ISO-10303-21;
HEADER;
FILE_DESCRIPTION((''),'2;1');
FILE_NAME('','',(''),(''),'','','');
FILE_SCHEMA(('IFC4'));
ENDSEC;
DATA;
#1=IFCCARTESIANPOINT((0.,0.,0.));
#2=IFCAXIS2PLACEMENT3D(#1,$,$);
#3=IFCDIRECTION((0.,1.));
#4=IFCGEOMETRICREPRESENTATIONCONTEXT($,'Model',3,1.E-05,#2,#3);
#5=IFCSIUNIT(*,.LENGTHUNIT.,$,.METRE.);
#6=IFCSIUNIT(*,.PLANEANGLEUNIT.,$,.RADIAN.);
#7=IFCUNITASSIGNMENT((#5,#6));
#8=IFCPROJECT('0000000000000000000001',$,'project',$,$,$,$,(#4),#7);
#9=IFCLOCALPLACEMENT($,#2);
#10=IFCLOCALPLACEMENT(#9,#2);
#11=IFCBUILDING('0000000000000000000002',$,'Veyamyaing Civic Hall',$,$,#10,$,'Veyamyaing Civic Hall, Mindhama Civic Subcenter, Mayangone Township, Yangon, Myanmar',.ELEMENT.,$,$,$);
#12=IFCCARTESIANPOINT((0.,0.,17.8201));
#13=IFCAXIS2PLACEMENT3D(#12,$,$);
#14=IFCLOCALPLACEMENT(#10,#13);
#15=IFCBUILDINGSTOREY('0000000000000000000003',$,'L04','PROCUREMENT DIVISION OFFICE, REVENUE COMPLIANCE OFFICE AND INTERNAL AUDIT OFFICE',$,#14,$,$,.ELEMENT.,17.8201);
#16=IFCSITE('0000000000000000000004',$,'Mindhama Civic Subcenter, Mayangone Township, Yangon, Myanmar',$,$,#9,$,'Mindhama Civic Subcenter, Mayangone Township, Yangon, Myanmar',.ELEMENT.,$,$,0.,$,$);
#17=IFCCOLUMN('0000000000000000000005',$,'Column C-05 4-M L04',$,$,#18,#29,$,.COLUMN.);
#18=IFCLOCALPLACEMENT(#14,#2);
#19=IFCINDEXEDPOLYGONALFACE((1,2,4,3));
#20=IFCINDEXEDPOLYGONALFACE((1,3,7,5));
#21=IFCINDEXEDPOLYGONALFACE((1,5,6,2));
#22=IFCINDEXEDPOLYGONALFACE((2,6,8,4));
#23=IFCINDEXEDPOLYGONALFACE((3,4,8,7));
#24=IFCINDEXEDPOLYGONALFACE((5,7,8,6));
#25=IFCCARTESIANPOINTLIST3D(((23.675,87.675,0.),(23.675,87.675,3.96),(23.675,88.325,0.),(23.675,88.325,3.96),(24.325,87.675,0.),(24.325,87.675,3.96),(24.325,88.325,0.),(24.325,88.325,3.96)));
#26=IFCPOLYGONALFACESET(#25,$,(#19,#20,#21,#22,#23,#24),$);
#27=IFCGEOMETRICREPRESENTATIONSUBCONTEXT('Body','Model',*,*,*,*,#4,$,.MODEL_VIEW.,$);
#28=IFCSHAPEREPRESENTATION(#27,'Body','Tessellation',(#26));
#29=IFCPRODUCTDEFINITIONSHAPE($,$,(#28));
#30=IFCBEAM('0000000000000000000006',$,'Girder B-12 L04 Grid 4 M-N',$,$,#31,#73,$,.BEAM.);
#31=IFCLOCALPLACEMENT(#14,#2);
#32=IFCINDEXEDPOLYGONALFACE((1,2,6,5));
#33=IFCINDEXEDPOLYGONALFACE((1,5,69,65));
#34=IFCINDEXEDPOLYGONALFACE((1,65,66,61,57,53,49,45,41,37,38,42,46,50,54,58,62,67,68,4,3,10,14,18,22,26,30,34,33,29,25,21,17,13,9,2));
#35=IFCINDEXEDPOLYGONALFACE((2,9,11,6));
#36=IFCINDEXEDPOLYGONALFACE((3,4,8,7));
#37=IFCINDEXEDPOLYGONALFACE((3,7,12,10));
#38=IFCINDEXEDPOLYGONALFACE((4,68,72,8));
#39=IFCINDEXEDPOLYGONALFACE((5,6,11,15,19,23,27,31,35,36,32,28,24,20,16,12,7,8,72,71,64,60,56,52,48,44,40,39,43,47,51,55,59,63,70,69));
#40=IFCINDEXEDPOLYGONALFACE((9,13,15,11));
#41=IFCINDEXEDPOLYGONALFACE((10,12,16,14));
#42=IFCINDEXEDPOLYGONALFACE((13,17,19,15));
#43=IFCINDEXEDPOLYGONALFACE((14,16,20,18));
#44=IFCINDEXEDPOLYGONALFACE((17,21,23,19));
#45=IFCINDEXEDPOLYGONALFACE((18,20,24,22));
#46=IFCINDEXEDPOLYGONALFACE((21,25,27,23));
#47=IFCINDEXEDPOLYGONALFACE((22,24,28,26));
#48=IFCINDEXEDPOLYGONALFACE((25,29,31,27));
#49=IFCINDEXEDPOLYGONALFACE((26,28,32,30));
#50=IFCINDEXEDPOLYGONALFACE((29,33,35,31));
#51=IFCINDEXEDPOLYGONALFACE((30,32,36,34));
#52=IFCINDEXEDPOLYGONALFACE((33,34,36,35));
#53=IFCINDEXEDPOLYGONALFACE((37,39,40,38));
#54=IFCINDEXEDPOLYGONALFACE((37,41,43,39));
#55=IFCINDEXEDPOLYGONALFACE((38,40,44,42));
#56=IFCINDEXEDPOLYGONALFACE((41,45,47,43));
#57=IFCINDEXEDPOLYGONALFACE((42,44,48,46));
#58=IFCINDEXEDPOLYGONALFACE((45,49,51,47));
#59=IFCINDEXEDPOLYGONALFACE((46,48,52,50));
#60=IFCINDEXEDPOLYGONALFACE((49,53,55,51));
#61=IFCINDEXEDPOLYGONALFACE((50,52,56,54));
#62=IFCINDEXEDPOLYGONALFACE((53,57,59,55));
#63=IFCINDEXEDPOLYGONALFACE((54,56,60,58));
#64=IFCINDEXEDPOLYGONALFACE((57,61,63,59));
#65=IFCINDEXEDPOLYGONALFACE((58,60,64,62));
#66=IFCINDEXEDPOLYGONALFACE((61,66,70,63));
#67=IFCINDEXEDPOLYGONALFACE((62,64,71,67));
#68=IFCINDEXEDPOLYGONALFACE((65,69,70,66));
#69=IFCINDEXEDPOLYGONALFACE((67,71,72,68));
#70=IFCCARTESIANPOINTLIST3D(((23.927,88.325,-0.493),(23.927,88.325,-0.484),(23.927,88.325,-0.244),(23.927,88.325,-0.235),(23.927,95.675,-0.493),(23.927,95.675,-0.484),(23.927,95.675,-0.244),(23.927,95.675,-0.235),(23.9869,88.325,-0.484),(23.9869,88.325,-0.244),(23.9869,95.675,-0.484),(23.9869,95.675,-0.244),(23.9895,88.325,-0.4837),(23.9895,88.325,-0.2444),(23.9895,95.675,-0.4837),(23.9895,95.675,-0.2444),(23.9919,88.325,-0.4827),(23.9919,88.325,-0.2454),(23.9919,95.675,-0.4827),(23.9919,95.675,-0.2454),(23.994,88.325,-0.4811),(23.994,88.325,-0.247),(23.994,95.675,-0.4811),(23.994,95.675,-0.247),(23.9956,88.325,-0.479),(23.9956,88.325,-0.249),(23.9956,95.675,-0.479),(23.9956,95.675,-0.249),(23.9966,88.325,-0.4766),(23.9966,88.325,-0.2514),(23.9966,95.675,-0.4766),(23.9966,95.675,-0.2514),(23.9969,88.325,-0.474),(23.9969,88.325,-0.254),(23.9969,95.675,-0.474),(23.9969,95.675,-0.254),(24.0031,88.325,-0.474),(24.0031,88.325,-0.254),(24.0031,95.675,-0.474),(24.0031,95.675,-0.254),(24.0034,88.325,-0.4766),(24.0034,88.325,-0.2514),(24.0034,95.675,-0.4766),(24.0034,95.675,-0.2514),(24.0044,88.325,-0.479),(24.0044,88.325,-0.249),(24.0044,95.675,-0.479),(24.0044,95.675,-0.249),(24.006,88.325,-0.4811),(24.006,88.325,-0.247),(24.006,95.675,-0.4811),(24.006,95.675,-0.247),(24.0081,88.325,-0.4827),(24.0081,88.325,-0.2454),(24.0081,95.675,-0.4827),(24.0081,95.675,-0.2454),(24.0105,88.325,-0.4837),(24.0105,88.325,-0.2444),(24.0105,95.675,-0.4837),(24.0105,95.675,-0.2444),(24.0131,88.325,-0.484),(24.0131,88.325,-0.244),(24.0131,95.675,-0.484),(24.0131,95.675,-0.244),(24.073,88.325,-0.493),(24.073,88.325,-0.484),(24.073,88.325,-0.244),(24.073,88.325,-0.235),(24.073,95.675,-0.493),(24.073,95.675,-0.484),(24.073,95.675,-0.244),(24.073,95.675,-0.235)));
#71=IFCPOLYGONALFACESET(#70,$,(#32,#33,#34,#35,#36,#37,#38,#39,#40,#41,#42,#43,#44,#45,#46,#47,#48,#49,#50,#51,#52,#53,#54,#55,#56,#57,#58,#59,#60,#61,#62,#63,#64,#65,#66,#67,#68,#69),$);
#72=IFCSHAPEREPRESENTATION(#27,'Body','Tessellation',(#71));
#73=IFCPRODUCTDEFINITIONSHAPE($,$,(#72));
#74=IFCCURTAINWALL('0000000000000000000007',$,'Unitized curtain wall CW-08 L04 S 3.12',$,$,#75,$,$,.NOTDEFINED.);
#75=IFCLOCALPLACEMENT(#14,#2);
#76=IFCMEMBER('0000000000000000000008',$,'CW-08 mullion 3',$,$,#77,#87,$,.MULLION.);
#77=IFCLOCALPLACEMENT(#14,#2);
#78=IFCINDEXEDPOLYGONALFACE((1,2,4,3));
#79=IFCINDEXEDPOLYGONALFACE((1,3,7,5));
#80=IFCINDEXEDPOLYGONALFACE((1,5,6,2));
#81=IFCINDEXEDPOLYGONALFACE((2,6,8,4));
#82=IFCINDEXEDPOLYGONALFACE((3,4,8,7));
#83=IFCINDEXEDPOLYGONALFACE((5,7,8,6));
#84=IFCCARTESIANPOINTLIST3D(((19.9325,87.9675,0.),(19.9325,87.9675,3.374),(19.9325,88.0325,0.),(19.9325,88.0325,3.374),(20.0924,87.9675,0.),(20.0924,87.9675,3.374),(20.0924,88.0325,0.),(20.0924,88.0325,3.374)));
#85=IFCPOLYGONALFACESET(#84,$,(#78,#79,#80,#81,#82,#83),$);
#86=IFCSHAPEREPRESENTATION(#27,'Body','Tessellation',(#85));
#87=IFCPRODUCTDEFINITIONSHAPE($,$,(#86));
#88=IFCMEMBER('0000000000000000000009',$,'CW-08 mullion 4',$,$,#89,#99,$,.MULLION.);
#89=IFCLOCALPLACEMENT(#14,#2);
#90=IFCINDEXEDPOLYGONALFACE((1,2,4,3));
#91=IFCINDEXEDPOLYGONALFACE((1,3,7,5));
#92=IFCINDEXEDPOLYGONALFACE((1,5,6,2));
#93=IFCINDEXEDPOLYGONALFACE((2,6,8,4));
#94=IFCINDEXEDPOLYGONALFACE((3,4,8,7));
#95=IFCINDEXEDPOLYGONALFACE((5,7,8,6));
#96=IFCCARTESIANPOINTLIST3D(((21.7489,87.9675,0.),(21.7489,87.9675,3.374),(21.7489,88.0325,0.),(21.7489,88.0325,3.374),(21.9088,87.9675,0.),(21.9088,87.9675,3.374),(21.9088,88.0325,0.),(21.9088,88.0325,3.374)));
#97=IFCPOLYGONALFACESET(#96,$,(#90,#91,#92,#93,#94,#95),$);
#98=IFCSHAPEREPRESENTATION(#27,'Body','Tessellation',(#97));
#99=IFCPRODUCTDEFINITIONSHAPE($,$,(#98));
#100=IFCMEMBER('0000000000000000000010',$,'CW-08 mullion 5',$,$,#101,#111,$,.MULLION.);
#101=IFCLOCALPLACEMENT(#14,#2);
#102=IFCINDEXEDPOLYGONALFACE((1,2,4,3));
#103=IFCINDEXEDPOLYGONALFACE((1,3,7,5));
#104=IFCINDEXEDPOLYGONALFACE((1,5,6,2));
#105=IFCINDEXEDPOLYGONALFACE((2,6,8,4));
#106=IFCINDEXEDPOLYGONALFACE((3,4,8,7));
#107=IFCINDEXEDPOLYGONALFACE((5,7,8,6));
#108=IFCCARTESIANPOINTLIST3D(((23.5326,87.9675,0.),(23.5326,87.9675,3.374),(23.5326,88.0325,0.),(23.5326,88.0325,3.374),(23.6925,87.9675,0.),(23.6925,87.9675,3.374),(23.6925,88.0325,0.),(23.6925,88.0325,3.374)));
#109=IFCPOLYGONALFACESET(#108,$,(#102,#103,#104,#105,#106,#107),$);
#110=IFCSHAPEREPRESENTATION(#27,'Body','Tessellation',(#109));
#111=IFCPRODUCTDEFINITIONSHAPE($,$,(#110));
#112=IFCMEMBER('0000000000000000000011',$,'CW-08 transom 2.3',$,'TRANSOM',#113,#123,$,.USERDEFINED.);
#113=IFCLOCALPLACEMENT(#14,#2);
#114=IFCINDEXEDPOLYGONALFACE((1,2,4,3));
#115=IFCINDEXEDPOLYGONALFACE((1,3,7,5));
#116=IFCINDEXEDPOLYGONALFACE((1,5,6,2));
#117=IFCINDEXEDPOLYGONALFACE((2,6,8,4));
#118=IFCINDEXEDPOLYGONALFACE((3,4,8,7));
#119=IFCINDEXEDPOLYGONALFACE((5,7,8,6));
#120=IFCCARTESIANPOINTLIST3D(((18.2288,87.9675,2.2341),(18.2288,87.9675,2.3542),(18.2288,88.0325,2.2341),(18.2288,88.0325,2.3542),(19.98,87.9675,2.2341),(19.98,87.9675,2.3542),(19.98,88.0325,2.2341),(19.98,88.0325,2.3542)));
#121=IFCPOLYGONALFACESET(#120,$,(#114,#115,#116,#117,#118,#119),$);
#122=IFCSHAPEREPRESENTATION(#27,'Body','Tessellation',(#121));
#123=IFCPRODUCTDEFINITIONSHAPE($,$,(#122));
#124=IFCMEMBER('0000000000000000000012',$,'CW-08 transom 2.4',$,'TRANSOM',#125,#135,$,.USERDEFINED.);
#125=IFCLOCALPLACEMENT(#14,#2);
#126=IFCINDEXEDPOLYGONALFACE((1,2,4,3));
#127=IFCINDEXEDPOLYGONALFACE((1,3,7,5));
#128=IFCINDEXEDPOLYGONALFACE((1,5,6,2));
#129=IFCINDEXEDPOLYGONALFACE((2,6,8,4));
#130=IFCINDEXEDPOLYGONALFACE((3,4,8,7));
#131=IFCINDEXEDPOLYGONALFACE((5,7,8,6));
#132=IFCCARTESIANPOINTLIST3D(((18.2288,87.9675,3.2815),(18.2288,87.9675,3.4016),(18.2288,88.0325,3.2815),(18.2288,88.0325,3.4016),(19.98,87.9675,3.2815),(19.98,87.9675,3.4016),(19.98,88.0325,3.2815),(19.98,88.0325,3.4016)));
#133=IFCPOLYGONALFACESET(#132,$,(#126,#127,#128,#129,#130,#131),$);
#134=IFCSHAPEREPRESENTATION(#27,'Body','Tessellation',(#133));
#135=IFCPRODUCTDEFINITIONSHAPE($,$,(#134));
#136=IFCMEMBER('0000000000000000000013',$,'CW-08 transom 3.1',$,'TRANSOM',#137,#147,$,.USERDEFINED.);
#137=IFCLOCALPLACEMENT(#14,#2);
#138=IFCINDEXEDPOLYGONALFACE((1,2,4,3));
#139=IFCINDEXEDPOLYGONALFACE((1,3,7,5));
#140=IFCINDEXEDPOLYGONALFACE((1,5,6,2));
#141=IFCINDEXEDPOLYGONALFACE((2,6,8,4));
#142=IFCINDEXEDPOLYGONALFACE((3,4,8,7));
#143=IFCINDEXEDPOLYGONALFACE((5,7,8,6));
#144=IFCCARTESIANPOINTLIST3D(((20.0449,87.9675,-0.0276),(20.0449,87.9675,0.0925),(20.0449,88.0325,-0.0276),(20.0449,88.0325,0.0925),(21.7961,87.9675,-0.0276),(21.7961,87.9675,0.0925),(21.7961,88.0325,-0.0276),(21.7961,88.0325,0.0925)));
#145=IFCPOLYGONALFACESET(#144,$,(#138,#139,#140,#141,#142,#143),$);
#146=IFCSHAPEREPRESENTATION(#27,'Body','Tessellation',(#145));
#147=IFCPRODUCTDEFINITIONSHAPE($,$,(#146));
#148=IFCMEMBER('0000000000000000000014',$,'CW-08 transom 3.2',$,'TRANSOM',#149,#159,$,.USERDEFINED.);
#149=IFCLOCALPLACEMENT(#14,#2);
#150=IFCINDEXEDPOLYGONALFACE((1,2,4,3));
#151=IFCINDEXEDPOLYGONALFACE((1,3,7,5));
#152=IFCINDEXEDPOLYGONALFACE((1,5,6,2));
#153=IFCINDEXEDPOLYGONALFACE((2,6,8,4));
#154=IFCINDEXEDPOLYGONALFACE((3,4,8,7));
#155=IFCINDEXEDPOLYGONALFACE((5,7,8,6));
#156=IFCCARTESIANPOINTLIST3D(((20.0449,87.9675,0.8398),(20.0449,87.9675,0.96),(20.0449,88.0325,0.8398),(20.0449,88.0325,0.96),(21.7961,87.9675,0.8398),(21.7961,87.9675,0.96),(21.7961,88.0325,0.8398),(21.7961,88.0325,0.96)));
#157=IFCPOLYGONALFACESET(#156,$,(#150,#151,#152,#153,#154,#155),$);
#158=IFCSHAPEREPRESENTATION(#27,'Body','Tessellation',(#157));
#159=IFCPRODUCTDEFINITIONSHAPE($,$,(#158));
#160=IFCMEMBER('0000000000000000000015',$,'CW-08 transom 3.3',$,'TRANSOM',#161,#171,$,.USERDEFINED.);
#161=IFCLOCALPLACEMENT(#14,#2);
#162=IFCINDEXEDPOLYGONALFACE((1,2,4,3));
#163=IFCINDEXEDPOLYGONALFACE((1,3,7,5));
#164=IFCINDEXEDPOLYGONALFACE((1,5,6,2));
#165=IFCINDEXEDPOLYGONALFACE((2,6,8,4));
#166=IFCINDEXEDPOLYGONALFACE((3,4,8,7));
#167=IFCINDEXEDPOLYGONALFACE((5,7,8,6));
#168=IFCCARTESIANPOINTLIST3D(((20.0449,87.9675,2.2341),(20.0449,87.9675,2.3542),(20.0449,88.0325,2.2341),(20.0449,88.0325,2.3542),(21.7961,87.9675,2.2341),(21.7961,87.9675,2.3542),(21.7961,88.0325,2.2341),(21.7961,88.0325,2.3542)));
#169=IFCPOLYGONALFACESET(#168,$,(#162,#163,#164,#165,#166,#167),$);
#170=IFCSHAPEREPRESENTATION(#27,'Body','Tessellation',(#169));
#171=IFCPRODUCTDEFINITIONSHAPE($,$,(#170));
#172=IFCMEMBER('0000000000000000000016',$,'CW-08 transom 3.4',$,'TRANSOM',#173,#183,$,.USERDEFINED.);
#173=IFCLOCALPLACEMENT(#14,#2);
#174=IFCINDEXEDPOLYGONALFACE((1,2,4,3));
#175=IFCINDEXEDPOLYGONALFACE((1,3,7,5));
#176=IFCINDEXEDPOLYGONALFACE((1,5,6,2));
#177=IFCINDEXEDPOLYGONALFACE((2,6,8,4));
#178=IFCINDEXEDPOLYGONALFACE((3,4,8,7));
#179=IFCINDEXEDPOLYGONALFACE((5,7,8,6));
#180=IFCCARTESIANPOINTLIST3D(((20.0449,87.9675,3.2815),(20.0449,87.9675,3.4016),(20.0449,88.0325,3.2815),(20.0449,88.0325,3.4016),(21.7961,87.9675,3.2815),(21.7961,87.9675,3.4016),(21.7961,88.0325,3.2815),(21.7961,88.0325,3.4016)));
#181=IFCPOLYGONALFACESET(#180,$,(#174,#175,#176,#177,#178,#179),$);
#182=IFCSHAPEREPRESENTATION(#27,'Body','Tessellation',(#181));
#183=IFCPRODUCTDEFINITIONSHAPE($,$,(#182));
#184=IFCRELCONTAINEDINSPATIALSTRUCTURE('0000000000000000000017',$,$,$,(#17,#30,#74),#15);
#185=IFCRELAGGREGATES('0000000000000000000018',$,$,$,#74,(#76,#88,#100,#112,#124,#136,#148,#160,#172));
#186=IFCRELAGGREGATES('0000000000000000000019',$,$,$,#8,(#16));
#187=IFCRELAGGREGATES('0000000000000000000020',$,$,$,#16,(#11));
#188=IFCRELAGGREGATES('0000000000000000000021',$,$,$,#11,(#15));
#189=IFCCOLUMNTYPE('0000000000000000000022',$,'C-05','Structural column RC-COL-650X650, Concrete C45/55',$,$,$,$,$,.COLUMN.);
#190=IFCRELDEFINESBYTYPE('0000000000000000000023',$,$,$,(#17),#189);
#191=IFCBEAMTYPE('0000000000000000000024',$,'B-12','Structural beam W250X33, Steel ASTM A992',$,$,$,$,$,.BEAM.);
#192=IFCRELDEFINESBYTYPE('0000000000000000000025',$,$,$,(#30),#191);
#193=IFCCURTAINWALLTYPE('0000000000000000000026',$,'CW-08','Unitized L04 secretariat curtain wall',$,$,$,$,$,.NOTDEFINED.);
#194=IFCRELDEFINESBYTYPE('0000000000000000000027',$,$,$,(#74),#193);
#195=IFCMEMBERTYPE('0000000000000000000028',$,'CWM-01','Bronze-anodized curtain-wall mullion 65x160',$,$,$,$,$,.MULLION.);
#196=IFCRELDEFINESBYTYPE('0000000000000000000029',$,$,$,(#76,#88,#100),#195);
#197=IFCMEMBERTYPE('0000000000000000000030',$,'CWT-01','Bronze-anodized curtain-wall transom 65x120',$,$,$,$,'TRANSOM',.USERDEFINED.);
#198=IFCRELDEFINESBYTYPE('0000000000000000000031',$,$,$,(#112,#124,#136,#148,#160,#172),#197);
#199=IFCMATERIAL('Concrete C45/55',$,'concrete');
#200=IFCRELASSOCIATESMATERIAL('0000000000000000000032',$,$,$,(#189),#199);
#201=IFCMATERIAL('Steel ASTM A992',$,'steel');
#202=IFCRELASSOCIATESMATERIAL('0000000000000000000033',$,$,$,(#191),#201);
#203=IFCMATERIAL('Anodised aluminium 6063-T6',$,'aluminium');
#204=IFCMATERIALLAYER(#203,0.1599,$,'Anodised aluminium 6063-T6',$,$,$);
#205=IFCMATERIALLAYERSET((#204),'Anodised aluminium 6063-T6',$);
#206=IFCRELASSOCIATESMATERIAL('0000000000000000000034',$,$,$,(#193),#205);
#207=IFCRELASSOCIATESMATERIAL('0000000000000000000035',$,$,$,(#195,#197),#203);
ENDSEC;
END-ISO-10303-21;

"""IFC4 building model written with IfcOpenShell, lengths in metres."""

from ifc_helpers import new_model, si_unit, direction, frame, origin, origin_2d, place, context, subcontext, project, spatial, rectangle, i_section, extrude, material, layer, layer_set, material_profile, profile_set, type_object, element, aggregate, save


model = new_model("IFC4")

# Units and contexts
model_context = context("Model", 3, precision=1e-05, world=origin(), true_north=direction((0.0, 1.0)))
body_context = subcontext(model_context, "Body", "Model", "MODEL_VIEW")
ifc_project = project(units=[si_unit("LENGTHUNIT", "METRE"), si_unit("PLANEANGLEUNIT", "RADIAN")], contexts=[model_context])

# Site, building, storey
site_placement = place(None, origin())
site = spatial("IfcSite", under=ifc_project, at=site_placement, Name="Mindhama Civic Subcenter, Mayangone Township, Yangon, Myanmar", LongName="Mindhama Civic Subcenter, Mayangone Township, Yangon, Myanmar", CompositionType="ELEMENT", RefElevation=0.0)
building_placement = place(site_placement, origin())
building = spatial("IfcBuilding", under=site, at=building_placement, Name="Veyamyaing Civic Hall", LongName="Veyamyaing Civic Hall, Mindhama Civic Subcenter, Mayangone Township, Yangon, Myanmar", CompositionType="ELEMENT")
storey_placement = place(building_placement, frame((0.0, 0.0, 17.8201)))
storey = spatial("IfcBuildingStorey", under=building, at=storey_placement, Name="L04", Description="PROCUREMENT DIVISION OFFICE, REVENUE COMPLIANCE OFFICE AND INTERNAL AUDIT OFFICE", CompositionType="ELEMENT", Elevation=17.8201)

# Column
ifc_material_1 = material(Name="Concrete C45/55", Category="concrete")
ifc_material_profile_1 = material_profile(ifc_material_1, rectangle(XDim=0.6499, YDim=0.6499, at=origin_2d()), Name="RC-COL-650X650")
ifc_profile_set_1 = profile_set([ifc_material_profile_1], Name="Concrete C45/55")
column_type = type_object("IfcColumnType", Name="C-05", Description="Structural column RC-COL-650X650, Concrete C45/55", PredefinedType="COLUMN", material=ifc_profile_set_1)
column_placement = place(storey_placement, frame((24.0, 88.0, 0.0), z_axis=(0.0, 0.0, 1.0), x_axis=(1.0, 0.0, 0.0)))
element("IfcColumn", 1, at=column_placement, inside=storey, type_object=column_type, Name="Column C-05 4-M L04", PredefinedType="COLUMN", context=body_context, shape_type="SweptSolid", body=[
    extrude(rectangle(XDim=0.6499, YDim=0.6499, at=origin_2d()), origin(), (0.0, 0.0, 1.0), 3.96),
])

# Beam
ifc_material_2 = material(Name="Steel ASTM A992", Category="steel")
ifc_material_profile_2 = material_profile(ifc_material_2, i_section(OverallWidth=0.146, OverallDepth=0.2581, WebThickness=0.0061, FlangeThickness=0.009, FilletRadius=0.01, at=origin_2d()), Name="W250X33")
ifc_profile_set_2 = profile_set([ifc_material_profile_2], Name="Steel ASTM A992")
beam_type_1 = type_object("IfcBeamType", Name="B-12", Description="Structural beam W250X33, Steel ASTM A992", PredefinedType="BEAM", material=ifc_profile_set_2)
beam_placement = place(storey_placement, frame((24.0, 88.325, -0.364), z_axis=(0.0, 1.0, 0.0), x_axis=(-1.0, 0.0, 0.0)))
element("IfcBeam", 2, at=beam_placement, inside=storey, type_object=beam_type_1, Name="Girder B-12 L04 Grid 4 M-N", PredefinedType="BEAM", context=body_context, shape_type="SweptSolid", body=[
    extrude(i_section(OverallWidth=0.146, OverallDepth=0.2581, WebThickness=0.0061, FlangeThickness=0.009, FilletRadius=0.01, at=origin_2d()), origin(), (0.0, 0.0, 1.0), 7.3501),
])

# Curtain wall, members
ifc_material_3 = material(Name="Anodised aluminium 6063-T6", Category="aluminium")
ifc_layer_1 = layer(ifc_material_3, 0.1599, Name="Anodised aluminium 6063-T6")
ifc_layer_set_1 = layer_set([ifc_layer_1], Name="Anodised aluminium 6063-T6")
curtain_wall_type = type_object("IfcCurtainWallType", Name="CW-08", Description="Unitized L04 secretariat curtain wall", PredefinedType="NOTDEFINED", material=ifc_layer_set_1)
curtain_wall_placement = place(storey_placement, origin())
curtain_wall = element("IfcCurtainWall", 3, at=curtain_wall_placement, inside=storey, type_object=curtain_wall_type, Name="Unitized curtain wall CW-08 L04 S 3.12", PredefinedType="NOTDEFINED")
ifc_material_profile_3 = material_profile(ifc_material_3, rectangle(XDim=0.0649, YDim=0.1599, at=origin_2d()), Name="ALU-MUL-65X160")
ifc_profile_set_3 = profile_set([ifc_material_profile_3], Name="Anodised aluminium 6063-T6")
member_type_1 = type_object("IfcMemberType", Name="CWM-01", Description="Bronze-anodized curtain-wall mullion 65x160", PredefinedType="MULLION", material=ifc_profile_set_3)
member_1_placement = place(storey_placement, frame((20.0125, 88.0, 0.0), z_axis=(0.0, 0.0, 1.0), x_axis=(0.0, 1.0, 0.0)))
member_1 = element("IfcMember", 4, at=member_1_placement, type_object=member_type_1, Name="CW-08 mullion 3", PredefinedType="MULLION", context=body_context, shape_type="SweptSolid", body=[
    extrude(rectangle(XDim=0.0649, YDim=0.1599, at=origin_2d()), origin(), (0.0, 0.0, 1.0), 3.374),
])
member_2_placement = place(storey_placement, frame((21.8289, 88.0, 0.0), z_axis=(0.0, 0.0, 1.0), x_axis=(0.0, 1.0, 0.0)))
member_2 = element("IfcMember", 5, at=member_2_placement, type_object=member_type_1, Name="CW-08 mullion 4", PredefinedType="MULLION", context=body_context, shape_type="SweptSolid", body=[
    extrude(rectangle(XDim=0.0649, YDim=0.1599, at=origin_2d()), origin(), (0.0, 0.0, 1.0), 3.374),
])
member_3_placement = place(storey_placement, frame((23.6125, 88.0, 0.0), z_axis=(0.0, 0.0, 1.0), x_axis=(0.0, 1.0, 0.0)))
member_3 = element("IfcMember", 6, at=member_3_placement, type_object=member_type_1, Name="CW-08 mullion 5", PredefinedType="MULLION", context=body_context, shape_type="SweptSolid", body=[
    extrude(rectangle(XDim=0.0649, YDim=0.1599, at=origin_2d()), origin(), (0.0, 0.0, 1.0), 3.374),
])
ifc_material_profile_4 = material_profile(ifc_material_3, rectangle(XDim=0.0649, YDim=0.1201, at=origin_2d()), Name="ALU-TRN-65X120")
ifc_profile_set_4 = profile_set([ifc_material_profile_4], Name="Anodised aluminium 6063-T6")
member_type_2 = type_object("IfcMemberType", Name="CWT-01", Description="Bronze-anodized curtain-wall transom 65x120", ElementType="TRANSOM", PredefinedType="USERDEFINED", material=ifc_profile_set_4)
member_4_placement = place(storey_placement, frame((18.2288, 88.0, 2.2942), z_axis=(1.0, 0.0, 0.0), x_axis=(0.0, 1.0, 0.0)))
member_4 = element("IfcMember", 7, at=member_4_placement, type_object=member_type_2, Name="CW-08 transom 2.3", ObjectType="TRANSOM", PredefinedType="USERDEFINED", context=body_context, shape_type="SweptSolid", body=[
    extrude(rectangle(XDim=0.0649, YDim=0.1201, at=origin_2d()), origin(), (0.0, 0.0, 1.0), 1.7512),
])
member_5_placement = place(storey_placement, frame((18.2288, 88.0, 3.3416), z_axis=(1.0, 0.0, 0.0), x_axis=(0.0, 1.0, 0.0)))
member_5 = element("IfcMember", 8, at=member_5_placement, type_object=member_type_2, Name="CW-08 transom 2.4", ObjectType="TRANSOM", PredefinedType="USERDEFINED", context=body_context, shape_type="SweptSolid", body=[
    extrude(rectangle(XDim=0.0649, YDim=0.1201, at=origin_2d()), origin(), (0.0, 0.0, 1.0), 1.7512),
])
member_6_placement = place(storey_placement, frame((20.0449, 88.0, 0.0325), z_axis=(1.0, 0.0, 0.0), x_axis=(0.0, 1.0, 0.0)))
member_6 = element("IfcMember", 9, at=member_6_placement, type_object=member_type_2, Name="CW-08 transom 3.1", ObjectType="TRANSOM", PredefinedType="USERDEFINED", context=body_context, shape_type="SweptSolid", body=[
    extrude(rectangle(XDim=0.0649, YDim=0.1201, at=origin_2d()), origin(), (0.0, 0.0, 1.0), 1.7512),
])
member_7_placement = place(storey_placement, frame((20.0449, 88.0, 0.8999), z_axis=(1.0, 0.0, 0.0), x_axis=(0.0, 1.0, 0.0)))
member_7 = element("IfcMember", 10, at=member_7_placement, type_object=member_type_2, Name="CW-08 transom 3.2", ObjectType="TRANSOM", PredefinedType="USERDEFINED", context=body_context, shape_type="SweptSolid", body=[
    extrude(rectangle(XDim=0.0649, YDim=0.1201, at=origin_2d()), origin(), (0.0, 0.0, 1.0), 1.7512),
])
member_8_placement = place(storey_placement, frame((20.0449, 88.0, 2.2942), z_axis=(1.0, 0.0, 0.0), x_axis=(0.0, 1.0, 0.0)))
member_8 = element("IfcMember", 11, at=member_8_placement, type_object=member_type_2, Name="CW-08 transom 3.3", ObjectType="TRANSOM", PredefinedType="USERDEFINED", context=body_context, shape_type="SweptSolid", body=[
    extrude(rectangle(XDim=0.0649, YDim=0.1201, at=origin_2d()), origin(), (0.0, 0.0, 1.0), 1.7512),
])
member_9_placement = place(storey_placement, frame((20.0449, 88.0, 3.3416), z_axis=(1.0, 0.0, 0.0), x_axis=(0.0, 1.0, 0.0)))
member_9 = element("IfcMember", 12, at=member_9_placement, type_object=member_type_2, Name="CW-08 transom 3.4", ObjectType="TRANSOM", PredefinedType="USERDEFINED", context=body_context, shape_type="SweptSolid", body=[
    extrude(rectangle(XDim=0.0649, YDim=0.1201, at=origin_2d()), origin(), (0.0, 0.0, 1.0), 1.7512),
])

aggregate(curtain_wall, [member_1, member_2, member_3, member_4, member_5, member_6, member_7, member_8, member_9])

save(model, "model.ifc")
